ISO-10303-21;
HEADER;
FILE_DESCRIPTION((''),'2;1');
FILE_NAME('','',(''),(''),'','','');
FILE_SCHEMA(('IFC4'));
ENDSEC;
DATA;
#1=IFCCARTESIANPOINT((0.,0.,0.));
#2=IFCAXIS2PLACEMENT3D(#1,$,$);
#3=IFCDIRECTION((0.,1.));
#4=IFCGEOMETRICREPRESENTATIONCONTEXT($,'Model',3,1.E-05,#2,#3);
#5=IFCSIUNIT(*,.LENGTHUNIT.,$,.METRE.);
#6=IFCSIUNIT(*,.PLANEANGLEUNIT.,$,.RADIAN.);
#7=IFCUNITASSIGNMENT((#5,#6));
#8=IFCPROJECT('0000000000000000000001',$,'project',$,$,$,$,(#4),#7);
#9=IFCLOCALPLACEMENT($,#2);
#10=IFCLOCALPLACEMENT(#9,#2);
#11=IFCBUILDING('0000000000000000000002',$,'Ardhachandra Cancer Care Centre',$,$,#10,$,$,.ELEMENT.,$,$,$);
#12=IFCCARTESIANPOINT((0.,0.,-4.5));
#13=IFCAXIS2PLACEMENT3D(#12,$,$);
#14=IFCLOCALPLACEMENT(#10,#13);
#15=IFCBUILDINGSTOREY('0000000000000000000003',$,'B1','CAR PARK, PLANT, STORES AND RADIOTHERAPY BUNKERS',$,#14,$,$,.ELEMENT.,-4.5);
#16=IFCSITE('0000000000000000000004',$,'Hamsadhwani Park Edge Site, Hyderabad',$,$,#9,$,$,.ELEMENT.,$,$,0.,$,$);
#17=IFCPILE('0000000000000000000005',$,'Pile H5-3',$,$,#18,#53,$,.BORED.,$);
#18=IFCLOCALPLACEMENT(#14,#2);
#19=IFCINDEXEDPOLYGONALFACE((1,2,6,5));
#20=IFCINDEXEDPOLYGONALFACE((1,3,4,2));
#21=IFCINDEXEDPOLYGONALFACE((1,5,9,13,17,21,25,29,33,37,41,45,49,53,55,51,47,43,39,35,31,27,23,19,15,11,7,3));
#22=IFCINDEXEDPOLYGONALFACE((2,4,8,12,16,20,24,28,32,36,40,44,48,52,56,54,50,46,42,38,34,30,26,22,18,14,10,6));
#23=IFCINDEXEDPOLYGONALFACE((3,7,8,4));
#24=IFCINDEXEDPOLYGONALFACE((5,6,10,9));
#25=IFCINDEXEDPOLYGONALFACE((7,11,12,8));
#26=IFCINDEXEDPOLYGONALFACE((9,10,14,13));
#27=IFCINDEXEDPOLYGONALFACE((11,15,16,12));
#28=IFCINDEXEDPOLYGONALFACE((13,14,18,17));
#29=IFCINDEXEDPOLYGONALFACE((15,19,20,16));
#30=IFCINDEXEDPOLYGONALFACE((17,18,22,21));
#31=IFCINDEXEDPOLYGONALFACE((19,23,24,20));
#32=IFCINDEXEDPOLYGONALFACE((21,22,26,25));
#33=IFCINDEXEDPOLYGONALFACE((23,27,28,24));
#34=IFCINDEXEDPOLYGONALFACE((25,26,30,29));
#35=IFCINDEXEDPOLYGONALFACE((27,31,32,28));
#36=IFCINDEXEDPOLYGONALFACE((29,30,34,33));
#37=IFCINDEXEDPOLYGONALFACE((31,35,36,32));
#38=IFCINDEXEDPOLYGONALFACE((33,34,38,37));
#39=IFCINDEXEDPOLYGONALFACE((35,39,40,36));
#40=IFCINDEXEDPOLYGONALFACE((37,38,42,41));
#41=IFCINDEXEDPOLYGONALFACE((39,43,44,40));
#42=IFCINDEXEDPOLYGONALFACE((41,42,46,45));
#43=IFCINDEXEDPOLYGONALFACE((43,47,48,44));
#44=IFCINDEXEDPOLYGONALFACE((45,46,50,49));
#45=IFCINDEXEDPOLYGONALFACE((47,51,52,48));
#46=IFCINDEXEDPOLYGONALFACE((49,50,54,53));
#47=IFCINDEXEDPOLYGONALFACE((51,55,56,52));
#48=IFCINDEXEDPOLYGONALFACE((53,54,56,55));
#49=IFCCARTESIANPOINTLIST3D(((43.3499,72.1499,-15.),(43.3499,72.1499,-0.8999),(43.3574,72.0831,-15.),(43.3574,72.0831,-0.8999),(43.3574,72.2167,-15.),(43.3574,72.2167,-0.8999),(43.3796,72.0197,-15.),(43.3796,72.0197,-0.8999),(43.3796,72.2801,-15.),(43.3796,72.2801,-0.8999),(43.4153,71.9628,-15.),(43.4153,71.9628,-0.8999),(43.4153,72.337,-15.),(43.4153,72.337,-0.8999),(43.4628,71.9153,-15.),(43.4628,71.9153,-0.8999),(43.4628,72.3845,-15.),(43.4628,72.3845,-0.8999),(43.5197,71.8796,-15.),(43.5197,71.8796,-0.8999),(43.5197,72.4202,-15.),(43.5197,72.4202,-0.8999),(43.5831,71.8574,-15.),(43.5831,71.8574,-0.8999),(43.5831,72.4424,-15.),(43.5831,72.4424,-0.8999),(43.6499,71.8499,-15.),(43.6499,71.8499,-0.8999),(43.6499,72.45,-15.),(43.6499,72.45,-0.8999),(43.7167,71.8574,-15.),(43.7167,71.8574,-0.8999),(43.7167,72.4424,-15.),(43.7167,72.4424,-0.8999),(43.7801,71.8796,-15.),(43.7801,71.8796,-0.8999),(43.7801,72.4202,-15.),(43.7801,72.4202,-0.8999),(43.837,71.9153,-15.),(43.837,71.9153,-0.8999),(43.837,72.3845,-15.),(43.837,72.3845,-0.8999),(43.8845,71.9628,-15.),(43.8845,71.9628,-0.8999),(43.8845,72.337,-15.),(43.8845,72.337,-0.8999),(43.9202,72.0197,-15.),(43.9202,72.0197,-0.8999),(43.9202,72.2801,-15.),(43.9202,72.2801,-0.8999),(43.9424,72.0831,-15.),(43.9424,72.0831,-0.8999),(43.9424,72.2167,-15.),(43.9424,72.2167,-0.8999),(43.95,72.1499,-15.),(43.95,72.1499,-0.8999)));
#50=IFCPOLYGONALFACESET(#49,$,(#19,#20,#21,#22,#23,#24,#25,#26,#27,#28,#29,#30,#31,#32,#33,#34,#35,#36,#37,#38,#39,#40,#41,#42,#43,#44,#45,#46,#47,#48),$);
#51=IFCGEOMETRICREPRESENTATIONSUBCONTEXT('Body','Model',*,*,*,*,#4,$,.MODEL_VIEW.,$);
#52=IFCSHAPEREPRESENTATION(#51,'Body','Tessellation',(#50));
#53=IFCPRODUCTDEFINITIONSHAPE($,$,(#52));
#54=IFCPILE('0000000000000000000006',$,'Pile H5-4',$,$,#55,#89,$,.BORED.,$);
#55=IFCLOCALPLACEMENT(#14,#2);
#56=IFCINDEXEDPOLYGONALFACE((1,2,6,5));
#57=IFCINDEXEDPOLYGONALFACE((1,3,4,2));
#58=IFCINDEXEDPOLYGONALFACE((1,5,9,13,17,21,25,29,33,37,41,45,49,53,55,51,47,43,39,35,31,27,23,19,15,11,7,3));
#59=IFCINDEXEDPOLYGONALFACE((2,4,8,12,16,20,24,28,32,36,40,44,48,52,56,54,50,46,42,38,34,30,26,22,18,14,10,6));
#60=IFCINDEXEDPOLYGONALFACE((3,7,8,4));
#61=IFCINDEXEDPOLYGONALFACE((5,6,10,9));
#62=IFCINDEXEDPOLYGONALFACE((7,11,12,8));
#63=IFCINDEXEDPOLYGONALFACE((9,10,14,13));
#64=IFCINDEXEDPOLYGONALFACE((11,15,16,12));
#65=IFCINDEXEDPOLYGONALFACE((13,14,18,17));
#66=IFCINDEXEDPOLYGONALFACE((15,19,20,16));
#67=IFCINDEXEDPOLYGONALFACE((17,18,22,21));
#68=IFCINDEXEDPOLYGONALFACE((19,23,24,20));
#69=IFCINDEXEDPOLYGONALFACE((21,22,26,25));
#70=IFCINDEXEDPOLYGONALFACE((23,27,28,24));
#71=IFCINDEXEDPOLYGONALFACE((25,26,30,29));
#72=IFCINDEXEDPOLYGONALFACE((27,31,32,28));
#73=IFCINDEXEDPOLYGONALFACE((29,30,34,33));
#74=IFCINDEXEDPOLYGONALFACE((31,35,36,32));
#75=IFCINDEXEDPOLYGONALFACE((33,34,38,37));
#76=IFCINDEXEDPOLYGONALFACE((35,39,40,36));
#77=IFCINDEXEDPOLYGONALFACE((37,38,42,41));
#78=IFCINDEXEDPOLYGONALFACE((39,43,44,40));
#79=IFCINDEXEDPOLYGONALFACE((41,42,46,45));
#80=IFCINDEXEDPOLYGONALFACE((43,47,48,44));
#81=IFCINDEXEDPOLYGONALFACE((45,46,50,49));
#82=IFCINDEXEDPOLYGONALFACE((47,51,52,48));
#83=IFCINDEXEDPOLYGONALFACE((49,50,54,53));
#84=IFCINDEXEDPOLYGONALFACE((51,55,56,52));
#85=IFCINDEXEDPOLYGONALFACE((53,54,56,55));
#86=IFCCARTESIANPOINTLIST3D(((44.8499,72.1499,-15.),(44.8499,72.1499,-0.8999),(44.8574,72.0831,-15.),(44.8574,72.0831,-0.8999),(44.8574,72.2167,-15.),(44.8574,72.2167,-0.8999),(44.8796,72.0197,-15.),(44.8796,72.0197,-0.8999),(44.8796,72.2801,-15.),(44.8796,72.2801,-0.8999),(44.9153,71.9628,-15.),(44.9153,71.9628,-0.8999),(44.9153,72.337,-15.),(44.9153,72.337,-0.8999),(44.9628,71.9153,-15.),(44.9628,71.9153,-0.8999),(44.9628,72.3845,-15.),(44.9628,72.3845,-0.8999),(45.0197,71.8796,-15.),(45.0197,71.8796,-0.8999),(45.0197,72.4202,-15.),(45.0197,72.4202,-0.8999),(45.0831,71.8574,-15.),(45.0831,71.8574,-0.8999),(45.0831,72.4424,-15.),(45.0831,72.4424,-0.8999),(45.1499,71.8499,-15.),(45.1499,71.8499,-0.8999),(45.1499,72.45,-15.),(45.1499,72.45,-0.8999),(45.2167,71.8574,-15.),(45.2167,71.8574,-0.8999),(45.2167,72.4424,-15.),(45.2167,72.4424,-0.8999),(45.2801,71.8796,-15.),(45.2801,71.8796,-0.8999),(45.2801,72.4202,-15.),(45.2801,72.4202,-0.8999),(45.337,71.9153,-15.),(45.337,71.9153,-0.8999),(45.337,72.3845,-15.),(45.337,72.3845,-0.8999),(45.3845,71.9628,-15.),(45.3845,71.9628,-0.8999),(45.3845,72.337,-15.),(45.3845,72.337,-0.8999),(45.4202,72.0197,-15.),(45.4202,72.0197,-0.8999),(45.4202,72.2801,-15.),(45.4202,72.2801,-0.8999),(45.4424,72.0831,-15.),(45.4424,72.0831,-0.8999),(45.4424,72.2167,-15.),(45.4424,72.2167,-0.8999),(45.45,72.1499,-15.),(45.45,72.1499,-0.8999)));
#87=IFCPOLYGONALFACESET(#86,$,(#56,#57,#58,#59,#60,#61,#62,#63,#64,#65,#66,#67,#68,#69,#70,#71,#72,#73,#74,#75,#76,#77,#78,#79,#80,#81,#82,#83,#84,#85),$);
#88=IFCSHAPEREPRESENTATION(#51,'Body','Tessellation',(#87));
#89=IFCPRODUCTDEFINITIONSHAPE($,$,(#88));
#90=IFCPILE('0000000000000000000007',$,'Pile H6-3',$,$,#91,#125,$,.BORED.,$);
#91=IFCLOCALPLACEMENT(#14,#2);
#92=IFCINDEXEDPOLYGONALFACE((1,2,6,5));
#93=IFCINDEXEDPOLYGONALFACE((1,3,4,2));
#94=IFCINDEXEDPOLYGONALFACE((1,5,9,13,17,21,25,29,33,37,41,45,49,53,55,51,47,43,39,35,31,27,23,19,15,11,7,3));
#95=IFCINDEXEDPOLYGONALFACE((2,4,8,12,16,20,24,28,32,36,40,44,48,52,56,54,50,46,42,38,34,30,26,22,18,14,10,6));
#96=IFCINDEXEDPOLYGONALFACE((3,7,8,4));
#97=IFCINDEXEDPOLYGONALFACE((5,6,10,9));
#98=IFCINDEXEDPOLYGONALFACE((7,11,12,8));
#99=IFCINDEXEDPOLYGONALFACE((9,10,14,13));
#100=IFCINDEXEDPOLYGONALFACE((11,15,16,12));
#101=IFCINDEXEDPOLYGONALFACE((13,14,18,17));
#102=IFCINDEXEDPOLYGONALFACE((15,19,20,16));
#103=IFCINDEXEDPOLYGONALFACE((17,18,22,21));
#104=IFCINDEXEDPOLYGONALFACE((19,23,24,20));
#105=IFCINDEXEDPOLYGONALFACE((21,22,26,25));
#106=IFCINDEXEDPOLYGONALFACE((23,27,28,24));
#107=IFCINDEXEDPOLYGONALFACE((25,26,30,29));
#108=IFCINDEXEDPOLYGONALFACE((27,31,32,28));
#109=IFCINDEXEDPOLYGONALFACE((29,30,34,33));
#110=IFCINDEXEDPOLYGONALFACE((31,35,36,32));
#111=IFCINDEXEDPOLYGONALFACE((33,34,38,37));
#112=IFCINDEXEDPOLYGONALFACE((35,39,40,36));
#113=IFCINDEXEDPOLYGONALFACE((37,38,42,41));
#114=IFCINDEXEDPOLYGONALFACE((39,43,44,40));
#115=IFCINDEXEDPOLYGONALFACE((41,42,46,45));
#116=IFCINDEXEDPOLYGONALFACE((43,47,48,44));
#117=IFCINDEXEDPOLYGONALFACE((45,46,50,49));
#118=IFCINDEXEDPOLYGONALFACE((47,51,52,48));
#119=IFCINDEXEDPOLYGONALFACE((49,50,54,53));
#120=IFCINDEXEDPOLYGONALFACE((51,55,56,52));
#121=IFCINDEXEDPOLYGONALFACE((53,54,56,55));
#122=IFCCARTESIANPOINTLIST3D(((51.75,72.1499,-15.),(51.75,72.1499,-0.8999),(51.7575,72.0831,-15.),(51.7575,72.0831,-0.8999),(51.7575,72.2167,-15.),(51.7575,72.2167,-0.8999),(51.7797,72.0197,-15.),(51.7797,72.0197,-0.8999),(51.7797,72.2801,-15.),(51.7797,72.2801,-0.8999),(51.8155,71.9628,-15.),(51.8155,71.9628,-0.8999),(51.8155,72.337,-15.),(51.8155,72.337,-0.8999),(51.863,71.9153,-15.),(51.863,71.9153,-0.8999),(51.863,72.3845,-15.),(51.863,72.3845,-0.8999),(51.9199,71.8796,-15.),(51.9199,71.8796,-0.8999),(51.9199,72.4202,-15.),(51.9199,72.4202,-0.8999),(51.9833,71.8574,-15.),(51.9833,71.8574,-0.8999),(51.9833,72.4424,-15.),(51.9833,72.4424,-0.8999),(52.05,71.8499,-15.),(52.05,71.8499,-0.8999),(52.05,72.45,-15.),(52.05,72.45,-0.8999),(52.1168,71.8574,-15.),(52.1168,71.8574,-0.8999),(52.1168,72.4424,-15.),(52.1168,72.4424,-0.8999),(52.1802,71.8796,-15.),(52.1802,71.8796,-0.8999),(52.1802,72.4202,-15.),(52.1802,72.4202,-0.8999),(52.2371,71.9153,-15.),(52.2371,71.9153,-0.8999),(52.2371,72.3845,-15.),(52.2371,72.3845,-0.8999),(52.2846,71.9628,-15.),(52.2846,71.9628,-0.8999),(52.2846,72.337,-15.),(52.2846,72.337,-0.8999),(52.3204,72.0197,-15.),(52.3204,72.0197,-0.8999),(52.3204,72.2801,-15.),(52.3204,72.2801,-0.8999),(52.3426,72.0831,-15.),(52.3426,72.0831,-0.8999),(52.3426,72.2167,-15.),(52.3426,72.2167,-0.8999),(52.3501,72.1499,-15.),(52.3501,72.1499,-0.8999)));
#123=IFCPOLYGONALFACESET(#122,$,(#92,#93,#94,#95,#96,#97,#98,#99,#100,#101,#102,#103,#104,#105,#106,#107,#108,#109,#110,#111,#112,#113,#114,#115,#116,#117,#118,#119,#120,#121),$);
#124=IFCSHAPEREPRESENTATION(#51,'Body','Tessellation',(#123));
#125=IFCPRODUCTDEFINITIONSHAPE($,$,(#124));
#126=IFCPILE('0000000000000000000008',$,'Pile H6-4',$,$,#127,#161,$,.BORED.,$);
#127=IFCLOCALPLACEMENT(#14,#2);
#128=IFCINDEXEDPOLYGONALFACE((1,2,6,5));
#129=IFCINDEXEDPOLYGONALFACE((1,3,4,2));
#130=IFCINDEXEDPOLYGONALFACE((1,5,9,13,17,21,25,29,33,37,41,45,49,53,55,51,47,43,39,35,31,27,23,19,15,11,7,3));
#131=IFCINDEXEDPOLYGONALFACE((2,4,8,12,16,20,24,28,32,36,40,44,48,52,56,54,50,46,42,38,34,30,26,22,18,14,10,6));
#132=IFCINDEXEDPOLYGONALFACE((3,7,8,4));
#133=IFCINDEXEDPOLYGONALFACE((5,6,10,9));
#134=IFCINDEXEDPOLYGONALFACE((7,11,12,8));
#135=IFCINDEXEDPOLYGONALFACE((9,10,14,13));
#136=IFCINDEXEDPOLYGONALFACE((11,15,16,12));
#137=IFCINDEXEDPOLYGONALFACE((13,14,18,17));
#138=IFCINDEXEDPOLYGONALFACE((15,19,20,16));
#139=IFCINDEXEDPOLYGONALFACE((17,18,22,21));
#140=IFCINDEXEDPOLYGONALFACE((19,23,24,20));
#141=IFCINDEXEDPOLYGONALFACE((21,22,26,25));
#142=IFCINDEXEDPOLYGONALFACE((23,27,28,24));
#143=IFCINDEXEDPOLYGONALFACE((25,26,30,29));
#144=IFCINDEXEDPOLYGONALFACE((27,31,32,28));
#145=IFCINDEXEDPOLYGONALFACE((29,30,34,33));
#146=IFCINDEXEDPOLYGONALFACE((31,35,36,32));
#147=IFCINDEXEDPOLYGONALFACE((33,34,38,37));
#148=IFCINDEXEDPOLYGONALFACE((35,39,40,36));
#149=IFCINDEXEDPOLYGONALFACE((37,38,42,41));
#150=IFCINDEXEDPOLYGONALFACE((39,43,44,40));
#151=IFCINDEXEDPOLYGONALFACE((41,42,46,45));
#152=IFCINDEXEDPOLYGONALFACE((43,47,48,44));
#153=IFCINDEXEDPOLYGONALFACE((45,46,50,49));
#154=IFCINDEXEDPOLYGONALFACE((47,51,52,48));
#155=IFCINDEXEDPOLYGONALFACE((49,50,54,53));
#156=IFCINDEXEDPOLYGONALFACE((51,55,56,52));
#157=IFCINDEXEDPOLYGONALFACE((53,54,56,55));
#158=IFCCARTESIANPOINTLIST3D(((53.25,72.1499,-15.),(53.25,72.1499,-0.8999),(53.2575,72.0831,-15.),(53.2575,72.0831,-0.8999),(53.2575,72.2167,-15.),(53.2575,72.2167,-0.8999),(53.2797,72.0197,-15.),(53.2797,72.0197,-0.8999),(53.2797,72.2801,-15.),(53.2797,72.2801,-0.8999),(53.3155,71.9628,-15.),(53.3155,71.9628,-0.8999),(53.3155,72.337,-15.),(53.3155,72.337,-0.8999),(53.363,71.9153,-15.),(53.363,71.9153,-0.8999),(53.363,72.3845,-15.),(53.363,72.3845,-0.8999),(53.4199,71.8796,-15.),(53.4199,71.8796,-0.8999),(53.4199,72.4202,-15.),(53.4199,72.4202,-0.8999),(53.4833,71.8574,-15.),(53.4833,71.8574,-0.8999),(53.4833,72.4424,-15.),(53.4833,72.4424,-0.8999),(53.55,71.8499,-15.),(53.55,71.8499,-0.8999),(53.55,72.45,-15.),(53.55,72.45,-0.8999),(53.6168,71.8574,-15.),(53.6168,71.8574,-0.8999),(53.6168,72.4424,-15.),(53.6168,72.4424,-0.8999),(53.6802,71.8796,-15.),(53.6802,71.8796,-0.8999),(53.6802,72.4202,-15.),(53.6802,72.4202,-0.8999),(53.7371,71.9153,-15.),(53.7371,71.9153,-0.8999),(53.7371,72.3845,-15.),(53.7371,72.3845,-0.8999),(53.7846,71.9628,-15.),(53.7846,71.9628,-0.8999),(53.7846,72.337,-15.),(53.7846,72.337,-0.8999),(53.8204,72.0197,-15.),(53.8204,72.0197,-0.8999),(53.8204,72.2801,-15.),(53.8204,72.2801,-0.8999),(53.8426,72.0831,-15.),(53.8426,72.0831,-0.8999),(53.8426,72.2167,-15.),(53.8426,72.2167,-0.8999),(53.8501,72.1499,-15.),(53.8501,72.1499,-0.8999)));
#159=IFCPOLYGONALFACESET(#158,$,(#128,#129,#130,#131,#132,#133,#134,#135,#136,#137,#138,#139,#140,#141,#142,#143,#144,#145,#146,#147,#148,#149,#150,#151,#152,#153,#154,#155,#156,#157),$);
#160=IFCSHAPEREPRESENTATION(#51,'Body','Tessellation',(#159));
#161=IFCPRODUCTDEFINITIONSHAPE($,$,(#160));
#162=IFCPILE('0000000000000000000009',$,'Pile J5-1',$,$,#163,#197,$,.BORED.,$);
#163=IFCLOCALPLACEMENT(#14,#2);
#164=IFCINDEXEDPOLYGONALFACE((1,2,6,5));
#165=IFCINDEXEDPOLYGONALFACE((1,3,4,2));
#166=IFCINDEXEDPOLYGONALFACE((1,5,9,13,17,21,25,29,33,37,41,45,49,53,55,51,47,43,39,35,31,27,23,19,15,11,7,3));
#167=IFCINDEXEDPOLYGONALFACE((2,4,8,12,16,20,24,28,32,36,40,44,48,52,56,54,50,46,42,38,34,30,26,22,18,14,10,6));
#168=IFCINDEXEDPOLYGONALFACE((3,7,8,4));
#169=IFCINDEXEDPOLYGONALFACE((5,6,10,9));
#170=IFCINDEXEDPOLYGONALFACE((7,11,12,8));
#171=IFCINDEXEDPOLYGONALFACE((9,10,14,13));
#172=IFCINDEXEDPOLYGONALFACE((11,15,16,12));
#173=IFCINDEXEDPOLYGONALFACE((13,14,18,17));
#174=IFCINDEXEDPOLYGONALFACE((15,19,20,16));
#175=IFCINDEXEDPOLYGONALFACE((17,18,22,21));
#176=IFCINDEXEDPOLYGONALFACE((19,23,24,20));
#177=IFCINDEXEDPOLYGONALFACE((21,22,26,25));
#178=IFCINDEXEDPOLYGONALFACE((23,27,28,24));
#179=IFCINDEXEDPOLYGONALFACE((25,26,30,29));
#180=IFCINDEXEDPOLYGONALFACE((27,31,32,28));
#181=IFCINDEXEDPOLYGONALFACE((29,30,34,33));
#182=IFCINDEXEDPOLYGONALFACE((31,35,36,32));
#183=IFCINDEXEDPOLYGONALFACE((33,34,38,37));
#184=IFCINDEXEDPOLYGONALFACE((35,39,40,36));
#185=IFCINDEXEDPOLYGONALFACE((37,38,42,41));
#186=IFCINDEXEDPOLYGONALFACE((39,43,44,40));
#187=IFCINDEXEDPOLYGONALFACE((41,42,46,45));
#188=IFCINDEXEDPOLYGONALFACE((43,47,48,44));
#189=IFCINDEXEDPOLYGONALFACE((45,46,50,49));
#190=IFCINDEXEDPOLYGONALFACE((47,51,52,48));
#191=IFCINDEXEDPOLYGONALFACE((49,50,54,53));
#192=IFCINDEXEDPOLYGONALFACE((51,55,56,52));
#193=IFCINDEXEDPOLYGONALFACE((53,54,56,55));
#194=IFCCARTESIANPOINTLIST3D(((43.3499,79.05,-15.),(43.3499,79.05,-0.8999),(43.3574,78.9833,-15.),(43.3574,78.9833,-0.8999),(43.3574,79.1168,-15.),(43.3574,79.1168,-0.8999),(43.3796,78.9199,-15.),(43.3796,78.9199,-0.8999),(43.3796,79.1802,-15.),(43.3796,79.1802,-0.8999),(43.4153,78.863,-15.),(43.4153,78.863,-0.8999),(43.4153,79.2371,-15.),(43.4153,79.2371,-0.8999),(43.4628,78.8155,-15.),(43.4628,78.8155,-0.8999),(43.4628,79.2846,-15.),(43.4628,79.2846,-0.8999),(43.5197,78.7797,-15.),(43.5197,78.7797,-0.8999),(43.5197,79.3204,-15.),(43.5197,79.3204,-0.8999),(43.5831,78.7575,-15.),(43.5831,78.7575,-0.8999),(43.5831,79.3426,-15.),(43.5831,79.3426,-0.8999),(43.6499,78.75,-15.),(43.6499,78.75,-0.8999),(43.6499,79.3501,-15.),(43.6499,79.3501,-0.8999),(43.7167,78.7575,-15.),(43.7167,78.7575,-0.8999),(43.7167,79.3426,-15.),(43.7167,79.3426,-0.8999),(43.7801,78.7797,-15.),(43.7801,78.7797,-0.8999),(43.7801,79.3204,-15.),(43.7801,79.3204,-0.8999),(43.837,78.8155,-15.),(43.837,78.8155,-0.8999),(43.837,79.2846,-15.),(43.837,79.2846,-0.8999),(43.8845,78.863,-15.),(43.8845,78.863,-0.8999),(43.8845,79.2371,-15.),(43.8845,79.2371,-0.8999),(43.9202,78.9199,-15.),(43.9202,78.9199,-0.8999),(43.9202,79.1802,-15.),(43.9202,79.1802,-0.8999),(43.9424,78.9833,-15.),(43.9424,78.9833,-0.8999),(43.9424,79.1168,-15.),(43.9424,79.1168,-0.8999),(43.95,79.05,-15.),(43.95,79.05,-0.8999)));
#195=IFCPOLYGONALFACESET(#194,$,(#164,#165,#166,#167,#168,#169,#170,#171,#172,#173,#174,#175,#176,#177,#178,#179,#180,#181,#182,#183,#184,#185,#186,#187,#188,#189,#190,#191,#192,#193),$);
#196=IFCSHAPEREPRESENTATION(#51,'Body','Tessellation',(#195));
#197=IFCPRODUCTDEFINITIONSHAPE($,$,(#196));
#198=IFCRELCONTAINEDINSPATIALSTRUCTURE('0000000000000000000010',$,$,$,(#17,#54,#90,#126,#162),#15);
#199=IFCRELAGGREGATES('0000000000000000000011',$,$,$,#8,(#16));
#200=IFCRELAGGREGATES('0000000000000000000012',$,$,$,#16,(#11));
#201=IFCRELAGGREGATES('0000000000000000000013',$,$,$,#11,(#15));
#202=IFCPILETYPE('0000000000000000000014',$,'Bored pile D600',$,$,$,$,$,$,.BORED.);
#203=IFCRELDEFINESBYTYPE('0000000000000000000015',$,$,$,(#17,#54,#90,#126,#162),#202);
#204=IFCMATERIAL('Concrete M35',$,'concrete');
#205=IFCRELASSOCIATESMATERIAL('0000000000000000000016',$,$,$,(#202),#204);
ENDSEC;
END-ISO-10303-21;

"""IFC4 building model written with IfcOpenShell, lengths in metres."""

from ifc_helpers import new_model, si_unit, direction, frame, origin, origin_2d, place, context, subcontext, project, spatial, circle, extrude, material, material_profile, profile_set, type_object, element, save


model = new_model("IFC4")

# Units and contexts
model_context = context("Model", 3, precision=1e-05, world=origin(), true_north=direction((0.0, 1.0)))
body_context = subcontext(model_context, "Body", "Model", "MODEL_VIEW")
ifc_project = project(units=[si_unit("LENGTHUNIT", "METRE"), si_unit("PLANEANGLEUNIT", "RADIAN")], contexts=[model_context])

# Site, building, storey
site_placement = place(None, origin())
site = spatial("IfcSite", under=ifc_project, at=site_placement, Name="Hamsadhwani Park Edge Site, Hyderabad", CompositionType="ELEMENT", RefElevation=0.0)
building_placement = place(site_placement, origin())
building = spatial("IfcBuilding", under=site, at=building_placement, Name="Ardhachandra Cancer Care Centre", CompositionType="ELEMENT")
storey_placement = place(building_placement, frame((0.0, 0.0, -4.5)))
storey = spatial("IfcBuildingStorey", under=building, at=storey_placement, Name="B1", Description="CAR PARK, PLANT, STORES AND RADIOTHERAPY BUNKERS", CompositionType="ELEMENT", Elevation=-4.5)

# Piles
ifc_material_1 = material(Name="Concrete M35", Category="concrete")
ifc_material_profile_1 = material_profile(ifc_material_1, circle(Radius=0.3, at=origin_2d()), Name="D600")
ifc_profile_set_1 = profile_set([ifc_material_profile_1], Name="Concrete M35")
pile_type = type_object("IfcPileType", Name="Bored pile D600", PredefinedType="BORED", material=ifc_profile_set_1)
for number, where, z_axis, x_axis, name in (
    (1, (43.6499, 72.1499, -0.8999), (0.0, 0.0, -1.0), (1.0, 0.0, 0.0), "Pile H5-3"),
    (2, (45.1499, 72.1499, -0.8999), (0.0, 0.0, -1.0), (1.0, 0.0, 0.0), "Pile H5-4"),
    (3, (52.05, 72.1499, -0.8999), (0.0, 0.0, -1.0), (1.0, 0.0, 0.0), "Pile H6-3"),
    (4, (53.55, 72.1499, -0.8999), (0.0, 0.0, -1.0), (1.0, 0.0, 0.0), "Pile H6-4"),
    (5, (43.6499, 79.05, -0.8999), (0.0, 0.0, -1.0), (1.0, 0.0, 0.0), "Pile J5-1"),
):
    element("IfcPile", number, at=place(storey_placement, frame(where, z_axis=z_axis, x_axis=x_axis)), inside=storey, type_object=pile_type, Name=name, PredefinedType="BORED", context=body_context, shape_type="SweptSolid", body=[
        extrude(circle(Radius=0.3, at=origin_2d()), origin(), (0.0, 0.0, 1.0), 14.1001),
    ])

save(model, "model.ifc")
